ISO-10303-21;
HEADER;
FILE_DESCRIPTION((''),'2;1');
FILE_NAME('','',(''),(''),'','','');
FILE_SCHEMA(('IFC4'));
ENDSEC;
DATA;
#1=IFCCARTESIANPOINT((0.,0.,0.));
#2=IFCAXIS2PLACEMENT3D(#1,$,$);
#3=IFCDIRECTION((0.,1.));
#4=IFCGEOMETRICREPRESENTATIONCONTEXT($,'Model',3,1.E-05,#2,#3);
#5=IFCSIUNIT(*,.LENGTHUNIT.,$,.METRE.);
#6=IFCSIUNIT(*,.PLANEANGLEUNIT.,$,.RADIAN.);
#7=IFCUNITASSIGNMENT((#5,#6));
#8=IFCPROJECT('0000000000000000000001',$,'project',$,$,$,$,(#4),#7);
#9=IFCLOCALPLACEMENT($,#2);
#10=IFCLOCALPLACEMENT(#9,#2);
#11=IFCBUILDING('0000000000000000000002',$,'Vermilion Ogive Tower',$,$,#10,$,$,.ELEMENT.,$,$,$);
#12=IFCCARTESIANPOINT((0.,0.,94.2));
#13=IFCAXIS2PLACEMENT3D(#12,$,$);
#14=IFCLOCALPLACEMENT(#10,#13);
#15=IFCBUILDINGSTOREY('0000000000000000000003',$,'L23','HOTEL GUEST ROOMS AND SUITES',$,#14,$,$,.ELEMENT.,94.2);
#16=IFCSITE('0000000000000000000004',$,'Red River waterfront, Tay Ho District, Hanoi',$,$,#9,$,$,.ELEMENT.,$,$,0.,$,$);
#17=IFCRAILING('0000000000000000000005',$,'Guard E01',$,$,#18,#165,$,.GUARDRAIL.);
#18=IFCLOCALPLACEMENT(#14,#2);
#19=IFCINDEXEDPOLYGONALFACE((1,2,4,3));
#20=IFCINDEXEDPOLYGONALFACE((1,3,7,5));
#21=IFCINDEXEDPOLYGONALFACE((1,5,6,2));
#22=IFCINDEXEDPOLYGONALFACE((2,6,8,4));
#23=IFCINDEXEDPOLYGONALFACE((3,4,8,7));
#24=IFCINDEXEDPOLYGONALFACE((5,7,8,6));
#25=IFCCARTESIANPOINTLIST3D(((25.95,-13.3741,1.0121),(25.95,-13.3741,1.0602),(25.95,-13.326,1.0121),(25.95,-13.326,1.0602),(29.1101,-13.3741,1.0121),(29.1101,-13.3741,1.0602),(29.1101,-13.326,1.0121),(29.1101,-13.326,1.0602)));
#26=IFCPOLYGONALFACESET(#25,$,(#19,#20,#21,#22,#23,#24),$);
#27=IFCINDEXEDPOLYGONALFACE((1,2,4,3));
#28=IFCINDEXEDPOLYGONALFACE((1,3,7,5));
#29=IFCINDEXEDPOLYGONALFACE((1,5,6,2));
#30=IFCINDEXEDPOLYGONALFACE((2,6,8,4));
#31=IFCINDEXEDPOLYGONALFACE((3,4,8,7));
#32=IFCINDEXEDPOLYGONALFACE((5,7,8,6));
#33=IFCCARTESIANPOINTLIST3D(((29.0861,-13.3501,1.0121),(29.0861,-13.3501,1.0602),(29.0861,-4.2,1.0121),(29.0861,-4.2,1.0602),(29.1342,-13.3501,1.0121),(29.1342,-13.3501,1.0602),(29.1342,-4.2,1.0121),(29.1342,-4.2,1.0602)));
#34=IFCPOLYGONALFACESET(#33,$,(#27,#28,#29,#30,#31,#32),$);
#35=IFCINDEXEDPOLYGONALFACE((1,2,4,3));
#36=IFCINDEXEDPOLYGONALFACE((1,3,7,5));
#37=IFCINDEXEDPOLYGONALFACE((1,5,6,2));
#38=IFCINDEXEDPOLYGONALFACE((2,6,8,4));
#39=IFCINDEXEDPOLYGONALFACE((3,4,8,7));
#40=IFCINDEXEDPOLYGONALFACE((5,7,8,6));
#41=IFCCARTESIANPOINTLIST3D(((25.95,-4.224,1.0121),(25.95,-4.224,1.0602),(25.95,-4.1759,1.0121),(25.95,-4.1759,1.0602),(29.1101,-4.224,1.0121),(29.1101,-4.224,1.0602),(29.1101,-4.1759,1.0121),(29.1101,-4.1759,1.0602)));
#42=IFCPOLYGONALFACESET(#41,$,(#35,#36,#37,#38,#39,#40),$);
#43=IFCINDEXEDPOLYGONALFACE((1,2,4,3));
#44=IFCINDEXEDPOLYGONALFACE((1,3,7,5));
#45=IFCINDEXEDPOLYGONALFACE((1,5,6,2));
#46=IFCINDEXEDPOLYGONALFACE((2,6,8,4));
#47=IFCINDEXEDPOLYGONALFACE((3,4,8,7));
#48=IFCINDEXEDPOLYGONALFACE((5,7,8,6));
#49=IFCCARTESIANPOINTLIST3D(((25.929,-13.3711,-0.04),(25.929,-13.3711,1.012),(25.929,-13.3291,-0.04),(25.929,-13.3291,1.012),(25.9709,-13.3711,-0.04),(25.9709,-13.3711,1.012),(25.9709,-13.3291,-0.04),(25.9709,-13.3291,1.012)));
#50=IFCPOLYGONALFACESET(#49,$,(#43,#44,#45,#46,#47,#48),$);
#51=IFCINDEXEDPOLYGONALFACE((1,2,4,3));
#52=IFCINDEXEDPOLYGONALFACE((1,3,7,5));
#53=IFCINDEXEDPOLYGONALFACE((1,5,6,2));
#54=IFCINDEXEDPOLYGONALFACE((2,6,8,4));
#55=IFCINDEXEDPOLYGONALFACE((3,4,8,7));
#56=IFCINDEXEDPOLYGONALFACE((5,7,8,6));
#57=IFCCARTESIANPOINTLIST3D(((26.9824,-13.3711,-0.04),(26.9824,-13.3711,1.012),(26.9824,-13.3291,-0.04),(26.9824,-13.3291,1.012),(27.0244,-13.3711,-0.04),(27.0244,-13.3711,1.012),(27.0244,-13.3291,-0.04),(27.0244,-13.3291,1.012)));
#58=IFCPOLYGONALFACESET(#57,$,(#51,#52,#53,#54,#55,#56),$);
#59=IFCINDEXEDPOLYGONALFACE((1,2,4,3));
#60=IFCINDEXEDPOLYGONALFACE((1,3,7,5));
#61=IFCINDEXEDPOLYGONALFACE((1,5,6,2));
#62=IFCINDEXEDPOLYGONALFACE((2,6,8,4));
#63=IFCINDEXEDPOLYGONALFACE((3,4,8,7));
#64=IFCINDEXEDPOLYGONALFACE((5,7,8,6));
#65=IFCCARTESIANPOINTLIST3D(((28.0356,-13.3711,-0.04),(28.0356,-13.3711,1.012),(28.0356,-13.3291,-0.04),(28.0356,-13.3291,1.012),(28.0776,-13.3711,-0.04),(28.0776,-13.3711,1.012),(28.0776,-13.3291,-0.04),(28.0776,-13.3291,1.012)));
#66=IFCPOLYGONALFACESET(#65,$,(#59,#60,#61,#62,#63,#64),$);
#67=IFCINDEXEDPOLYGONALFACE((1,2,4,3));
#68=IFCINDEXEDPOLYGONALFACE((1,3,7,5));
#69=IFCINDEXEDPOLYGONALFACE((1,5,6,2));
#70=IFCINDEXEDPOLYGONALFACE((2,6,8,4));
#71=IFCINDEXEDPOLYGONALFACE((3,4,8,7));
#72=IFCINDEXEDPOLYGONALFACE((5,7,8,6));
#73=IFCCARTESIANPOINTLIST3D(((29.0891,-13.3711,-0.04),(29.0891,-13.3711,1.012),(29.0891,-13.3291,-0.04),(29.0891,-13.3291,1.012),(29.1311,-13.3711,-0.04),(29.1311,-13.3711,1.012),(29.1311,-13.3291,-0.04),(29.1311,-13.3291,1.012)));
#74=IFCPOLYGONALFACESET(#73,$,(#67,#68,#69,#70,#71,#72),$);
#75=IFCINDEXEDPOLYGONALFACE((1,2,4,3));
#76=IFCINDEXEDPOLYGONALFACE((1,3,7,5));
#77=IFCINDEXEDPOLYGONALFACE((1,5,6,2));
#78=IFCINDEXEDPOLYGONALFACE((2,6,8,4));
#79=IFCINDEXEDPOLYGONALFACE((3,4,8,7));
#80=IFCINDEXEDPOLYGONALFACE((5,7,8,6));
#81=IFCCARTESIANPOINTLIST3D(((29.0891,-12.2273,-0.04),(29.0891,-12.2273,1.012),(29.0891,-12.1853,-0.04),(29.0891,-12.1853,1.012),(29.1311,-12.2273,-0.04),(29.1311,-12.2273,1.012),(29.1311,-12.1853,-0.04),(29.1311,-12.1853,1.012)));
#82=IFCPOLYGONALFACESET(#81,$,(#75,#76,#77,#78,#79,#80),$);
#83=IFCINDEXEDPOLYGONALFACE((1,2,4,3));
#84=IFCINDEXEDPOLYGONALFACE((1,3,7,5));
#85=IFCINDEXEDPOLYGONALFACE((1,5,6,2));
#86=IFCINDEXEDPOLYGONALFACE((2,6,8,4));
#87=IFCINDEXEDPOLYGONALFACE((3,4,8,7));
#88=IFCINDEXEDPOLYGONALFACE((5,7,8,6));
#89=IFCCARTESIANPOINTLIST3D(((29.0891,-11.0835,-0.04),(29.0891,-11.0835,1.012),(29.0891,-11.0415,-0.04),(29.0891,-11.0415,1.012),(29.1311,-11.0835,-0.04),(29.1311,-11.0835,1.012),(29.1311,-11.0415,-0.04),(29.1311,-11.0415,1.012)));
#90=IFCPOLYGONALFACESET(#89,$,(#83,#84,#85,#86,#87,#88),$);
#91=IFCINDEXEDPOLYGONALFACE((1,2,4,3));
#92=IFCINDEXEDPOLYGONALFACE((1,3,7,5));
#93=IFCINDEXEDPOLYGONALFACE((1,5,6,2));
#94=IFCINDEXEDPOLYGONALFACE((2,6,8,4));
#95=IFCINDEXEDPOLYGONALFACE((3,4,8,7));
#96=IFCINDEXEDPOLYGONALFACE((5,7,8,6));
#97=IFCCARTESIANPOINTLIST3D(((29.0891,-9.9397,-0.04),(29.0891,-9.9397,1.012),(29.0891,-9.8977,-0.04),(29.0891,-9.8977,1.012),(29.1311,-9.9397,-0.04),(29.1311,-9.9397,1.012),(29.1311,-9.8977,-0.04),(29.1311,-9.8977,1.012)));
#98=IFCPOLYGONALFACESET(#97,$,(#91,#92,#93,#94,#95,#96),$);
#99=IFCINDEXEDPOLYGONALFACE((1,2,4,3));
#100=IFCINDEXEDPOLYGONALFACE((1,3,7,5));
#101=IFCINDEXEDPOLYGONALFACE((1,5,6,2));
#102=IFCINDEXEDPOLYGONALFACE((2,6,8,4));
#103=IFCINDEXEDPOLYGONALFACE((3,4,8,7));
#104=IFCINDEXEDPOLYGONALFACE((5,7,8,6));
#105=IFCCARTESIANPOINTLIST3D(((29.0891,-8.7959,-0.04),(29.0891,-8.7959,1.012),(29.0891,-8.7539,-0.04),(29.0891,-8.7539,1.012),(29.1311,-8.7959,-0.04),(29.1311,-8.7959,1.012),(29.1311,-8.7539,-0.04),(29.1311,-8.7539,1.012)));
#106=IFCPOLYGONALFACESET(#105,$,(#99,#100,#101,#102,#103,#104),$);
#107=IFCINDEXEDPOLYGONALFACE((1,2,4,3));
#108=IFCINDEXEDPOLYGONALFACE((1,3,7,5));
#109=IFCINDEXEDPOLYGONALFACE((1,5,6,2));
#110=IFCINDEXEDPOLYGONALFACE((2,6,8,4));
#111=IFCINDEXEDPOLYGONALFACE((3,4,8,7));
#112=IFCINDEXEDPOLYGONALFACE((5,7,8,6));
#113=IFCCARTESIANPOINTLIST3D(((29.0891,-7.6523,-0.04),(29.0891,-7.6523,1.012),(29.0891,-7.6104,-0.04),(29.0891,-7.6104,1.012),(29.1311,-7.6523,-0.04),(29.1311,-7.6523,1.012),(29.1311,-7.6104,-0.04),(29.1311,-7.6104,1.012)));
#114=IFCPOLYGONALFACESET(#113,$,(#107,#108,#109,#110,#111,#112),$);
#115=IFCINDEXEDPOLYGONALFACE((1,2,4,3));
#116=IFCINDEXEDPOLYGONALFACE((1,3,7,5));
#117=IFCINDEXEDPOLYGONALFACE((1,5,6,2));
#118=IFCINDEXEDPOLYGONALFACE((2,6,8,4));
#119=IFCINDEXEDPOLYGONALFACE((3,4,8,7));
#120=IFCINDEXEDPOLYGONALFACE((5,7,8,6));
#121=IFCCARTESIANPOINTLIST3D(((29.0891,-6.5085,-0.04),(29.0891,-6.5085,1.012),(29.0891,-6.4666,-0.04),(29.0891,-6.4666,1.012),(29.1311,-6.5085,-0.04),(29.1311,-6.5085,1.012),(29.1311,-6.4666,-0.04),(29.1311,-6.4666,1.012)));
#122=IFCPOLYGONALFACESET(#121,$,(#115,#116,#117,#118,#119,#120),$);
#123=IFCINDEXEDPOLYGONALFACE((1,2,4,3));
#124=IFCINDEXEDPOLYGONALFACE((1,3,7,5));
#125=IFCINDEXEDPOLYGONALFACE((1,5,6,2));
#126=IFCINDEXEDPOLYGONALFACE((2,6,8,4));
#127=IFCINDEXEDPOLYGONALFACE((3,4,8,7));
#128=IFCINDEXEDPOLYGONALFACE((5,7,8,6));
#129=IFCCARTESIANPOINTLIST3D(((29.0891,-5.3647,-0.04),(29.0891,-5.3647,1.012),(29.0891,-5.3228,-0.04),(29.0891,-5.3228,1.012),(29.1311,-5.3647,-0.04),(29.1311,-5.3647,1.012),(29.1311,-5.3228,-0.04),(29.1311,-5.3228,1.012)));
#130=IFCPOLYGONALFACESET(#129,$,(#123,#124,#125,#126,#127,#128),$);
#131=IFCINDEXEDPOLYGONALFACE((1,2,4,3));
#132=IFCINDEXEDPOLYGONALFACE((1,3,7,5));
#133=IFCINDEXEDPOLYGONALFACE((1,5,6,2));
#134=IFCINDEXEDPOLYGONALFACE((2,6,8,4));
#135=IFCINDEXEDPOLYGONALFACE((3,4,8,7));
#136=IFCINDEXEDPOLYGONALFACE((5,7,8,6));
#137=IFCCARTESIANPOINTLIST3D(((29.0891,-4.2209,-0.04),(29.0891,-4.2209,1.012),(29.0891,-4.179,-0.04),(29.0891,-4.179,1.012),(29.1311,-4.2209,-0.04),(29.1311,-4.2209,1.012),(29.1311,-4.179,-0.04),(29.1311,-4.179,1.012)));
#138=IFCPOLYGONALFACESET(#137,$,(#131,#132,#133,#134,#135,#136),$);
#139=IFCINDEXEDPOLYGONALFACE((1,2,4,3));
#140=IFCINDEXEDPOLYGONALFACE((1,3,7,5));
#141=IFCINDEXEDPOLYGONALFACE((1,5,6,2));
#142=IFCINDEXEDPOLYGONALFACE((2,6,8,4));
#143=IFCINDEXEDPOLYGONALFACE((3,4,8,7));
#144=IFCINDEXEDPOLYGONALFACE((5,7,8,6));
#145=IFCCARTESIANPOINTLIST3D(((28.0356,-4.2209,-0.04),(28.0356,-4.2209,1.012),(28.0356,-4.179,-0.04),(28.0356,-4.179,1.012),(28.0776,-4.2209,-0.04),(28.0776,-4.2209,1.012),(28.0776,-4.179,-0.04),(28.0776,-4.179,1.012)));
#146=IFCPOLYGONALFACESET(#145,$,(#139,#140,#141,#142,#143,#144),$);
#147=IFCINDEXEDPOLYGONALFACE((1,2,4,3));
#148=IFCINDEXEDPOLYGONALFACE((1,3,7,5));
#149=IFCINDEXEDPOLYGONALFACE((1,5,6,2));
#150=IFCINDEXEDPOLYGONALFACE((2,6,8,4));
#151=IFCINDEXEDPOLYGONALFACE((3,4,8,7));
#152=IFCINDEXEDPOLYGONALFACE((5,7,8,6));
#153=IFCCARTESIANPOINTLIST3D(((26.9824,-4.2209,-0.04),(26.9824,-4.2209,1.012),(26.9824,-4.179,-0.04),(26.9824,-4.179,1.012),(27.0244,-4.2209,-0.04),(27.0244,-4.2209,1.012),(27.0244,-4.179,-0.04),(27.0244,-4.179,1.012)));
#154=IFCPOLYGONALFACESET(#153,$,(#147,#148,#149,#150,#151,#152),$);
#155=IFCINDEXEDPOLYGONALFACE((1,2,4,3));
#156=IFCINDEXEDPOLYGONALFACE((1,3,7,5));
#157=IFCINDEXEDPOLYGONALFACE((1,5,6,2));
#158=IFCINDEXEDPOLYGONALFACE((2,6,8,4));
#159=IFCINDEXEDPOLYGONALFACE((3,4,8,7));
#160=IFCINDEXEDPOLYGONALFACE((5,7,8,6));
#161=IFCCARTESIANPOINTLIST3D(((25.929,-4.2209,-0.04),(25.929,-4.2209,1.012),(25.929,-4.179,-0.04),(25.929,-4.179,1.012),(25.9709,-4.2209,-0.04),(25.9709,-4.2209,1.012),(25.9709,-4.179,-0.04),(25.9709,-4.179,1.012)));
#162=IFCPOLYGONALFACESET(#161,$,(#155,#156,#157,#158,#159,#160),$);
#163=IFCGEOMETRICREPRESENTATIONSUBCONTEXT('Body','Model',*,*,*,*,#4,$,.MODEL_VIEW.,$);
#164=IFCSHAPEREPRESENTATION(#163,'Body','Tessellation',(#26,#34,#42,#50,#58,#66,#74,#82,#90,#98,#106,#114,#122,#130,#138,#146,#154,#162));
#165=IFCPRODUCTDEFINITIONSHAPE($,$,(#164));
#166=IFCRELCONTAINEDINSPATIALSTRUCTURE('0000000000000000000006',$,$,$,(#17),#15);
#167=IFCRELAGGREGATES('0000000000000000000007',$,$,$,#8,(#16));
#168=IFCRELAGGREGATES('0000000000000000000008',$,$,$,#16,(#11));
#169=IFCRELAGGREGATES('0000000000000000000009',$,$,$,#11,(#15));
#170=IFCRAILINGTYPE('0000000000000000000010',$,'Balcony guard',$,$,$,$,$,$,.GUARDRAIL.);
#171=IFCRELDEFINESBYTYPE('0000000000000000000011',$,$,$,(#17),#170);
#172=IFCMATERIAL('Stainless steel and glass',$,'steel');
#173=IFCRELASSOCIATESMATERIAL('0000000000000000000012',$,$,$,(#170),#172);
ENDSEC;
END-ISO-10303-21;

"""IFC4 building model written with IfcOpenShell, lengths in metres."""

from ifc_helpers import new_model, si_unit, direction, frame, origin, origin_2d, place, context, subcontext, project, spatial, rectangle, extrude, material, type_object, element, save


model = new_model("IFC4")

# Units and contexts
model_context = context("Model", 3, precision=1e-05, world=origin(), true_north=direction((0.0, 1.0)))
body_context = subcontext(model_context, "Body", "Model", "MODEL_VIEW")
ifc_project = project(units=[si_unit("LENGTHUNIT", "METRE"), si_unit("PLANEANGLEUNIT", "RADIAN")], contexts=[model_context])

# Site, building, storey
site_placement = place(None, origin())
site = spatial("IfcSite", under=ifc_project, at=site_placement, Name="Red River waterfront, Tay Ho District, Hanoi", CompositionType="ELEMENT", RefElevation=0.0)
building_placement = place(site_placement, origin())
building = spatial("IfcBuilding", under=site, at=building_placement, Name="Vermilion Ogive Tower", CompositionType="ELEMENT")
storey_placement = place(building_placement, frame((0.0, 0.0, 94.2)))
storey = spatial("IfcBuildingStorey", under=building, at=storey_placement, Name="L23", Description="HOTEL GUEST ROOMS AND SUITES", CompositionType="ELEMENT", Elevation=94.2)

# Railing
ifc_material_1 = material(Name="Stainless steel and glass", Category="steel")
railing_type_1 = type_object("IfcRailingType", Name="Balcony guard", PredefinedType="GUARDRAIL", material=ifc_material_1)
railing_1_placement = place(storey_placement, frame((25.95, -13.3501, -0.04)))
element("IfcRailing", 1, at=railing_1_placement, inside=storey, type_object=railing_type_1, Name="Guard E01", PredefinedType="GUARDRAIL", context=body_context, shape_type="SweptSolid", body=[
    extrude(rectangle(XDim=0.0481, YDim=0.0481, at=origin_2d()), frame((0.0, 0.0, 1.0762), z_axis=(1.0, 0.0, 0.0), x_axis=(0.0, 1.0, 0.0)), (0.0, 0.0, 1.0), 3.1602),
    extrude(rectangle(XDim=0.0481, YDim=0.0481, at=origin_2d()), frame((3.1602, 0.0, 1.0762), z_axis=(0.0, 1.0, 0.0), x_axis=(-1.0, 0.0, 0.0)), (0.0, 0.0, 1.0), 9.1501),
    extrude(rectangle(XDim=0.0481, YDim=0.0481, at=origin_2d()), frame((3.1602, 9.1501, 1.0762), z_axis=(-1.0, 0.0, 0.0), x_axis=(0.0, -1.0, 0.0)), (0.0, 0.0, 1.0), 3.1602),
    extrude(rectangle(XDim=0.042, YDim=0.042, at=origin_2d()), origin(), (0.0, 0.0, 1.0), 1.052),
    extrude(rectangle(XDim=0.042, YDim=0.042, at=origin_2d()), frame((1.0535, 0.0, 0.0)), (0.0, 0.0, 1.0), 1.052),
    extrude(rectangle(XDim=0.042, YDim=0.042, at=origin_2d()), frame((2.1067, 0.0, 0.0)), (0.0, 0.0, 1.0), 1.052),
    extrude(rectangle(XDim=0.042, YDim=0.042, at=origin_2d()), frame((3.1602, 0.0, 0.0)), (0.0, 0.0, 1.0), 1.052),
    extrude(rectangle(XDim=0.042, YDim=0.042, at=origin_2d()), frame((3.1602, 1.1438, 0.0)), (0.0, 0.0, 1.0), 1.052),
    extrude(rectangle(XDim=0.042, YDim=0.042, at=origin_2d()), frame((3.1602, 2.2876, 0.0)), (0.0, 0.0, 1.0), 1.052),
    extrude(rectangle(XDim=0.042, YDim=0.042, at=origin_2d()), frame((3.1602, 3.4314, 0.0)), (0.0, 0.0, 1.0), 1.052),
    extrude(rectangle(XDim=0.042, YDim=0.042, at=origin_2d()), frame((3.1602, 4.5752, 0.0)), (0.0, 0.0, 1.0), 1.052),
    extrude(rectangle(XDim=0.042, YDim=0.042, at=origin_2d()), frame((3.1602, 5.7188, 0.0)), (0.0, 0.0, 1.0), 1.052),
    extrude(rectangle(XDim=0.042, YDim=0.042, at=origin_2d()), frame((3.1602, 6.8625, 0.0)), (0.0, 0.0, 1.0), 1.052),
    extrude(rectangle(XDim=0.042, YDim=0.042, at=origin_2d()), frame((3.1602, 8.0063, 0.0)), (0.0, 0.0, 1.0), 1.052),
    extrude(rectangle(XDim=0.042, YDim=0.042, at=origin_2d()), frame((3.1602, 9.1501, 0.0)), (0.0, 0.0, 1.0), 1.052),
    extrude(rectangle(XDim=0.042, YDim=0.042, at=origin_2d()), frame((2.1067, 9.1501, 0.0)), (0.0, 0.0, 1.0), 1.052),
    extrude(rectangle(XDim=0.042, YDim=0.042, at=origin_2d()), frame((1.0535, 9.1501, 0.0)), (0.0, 0.0, 1.0), 1.052),
    extrude(rectangle(XDim=0.042, YDim=0.042, at=origin_2d()), frame((0.0, 9.1501, 0.0)), (0.0, 0.0, 1.0), 1.052),
])

save(model, "model.ifc")
